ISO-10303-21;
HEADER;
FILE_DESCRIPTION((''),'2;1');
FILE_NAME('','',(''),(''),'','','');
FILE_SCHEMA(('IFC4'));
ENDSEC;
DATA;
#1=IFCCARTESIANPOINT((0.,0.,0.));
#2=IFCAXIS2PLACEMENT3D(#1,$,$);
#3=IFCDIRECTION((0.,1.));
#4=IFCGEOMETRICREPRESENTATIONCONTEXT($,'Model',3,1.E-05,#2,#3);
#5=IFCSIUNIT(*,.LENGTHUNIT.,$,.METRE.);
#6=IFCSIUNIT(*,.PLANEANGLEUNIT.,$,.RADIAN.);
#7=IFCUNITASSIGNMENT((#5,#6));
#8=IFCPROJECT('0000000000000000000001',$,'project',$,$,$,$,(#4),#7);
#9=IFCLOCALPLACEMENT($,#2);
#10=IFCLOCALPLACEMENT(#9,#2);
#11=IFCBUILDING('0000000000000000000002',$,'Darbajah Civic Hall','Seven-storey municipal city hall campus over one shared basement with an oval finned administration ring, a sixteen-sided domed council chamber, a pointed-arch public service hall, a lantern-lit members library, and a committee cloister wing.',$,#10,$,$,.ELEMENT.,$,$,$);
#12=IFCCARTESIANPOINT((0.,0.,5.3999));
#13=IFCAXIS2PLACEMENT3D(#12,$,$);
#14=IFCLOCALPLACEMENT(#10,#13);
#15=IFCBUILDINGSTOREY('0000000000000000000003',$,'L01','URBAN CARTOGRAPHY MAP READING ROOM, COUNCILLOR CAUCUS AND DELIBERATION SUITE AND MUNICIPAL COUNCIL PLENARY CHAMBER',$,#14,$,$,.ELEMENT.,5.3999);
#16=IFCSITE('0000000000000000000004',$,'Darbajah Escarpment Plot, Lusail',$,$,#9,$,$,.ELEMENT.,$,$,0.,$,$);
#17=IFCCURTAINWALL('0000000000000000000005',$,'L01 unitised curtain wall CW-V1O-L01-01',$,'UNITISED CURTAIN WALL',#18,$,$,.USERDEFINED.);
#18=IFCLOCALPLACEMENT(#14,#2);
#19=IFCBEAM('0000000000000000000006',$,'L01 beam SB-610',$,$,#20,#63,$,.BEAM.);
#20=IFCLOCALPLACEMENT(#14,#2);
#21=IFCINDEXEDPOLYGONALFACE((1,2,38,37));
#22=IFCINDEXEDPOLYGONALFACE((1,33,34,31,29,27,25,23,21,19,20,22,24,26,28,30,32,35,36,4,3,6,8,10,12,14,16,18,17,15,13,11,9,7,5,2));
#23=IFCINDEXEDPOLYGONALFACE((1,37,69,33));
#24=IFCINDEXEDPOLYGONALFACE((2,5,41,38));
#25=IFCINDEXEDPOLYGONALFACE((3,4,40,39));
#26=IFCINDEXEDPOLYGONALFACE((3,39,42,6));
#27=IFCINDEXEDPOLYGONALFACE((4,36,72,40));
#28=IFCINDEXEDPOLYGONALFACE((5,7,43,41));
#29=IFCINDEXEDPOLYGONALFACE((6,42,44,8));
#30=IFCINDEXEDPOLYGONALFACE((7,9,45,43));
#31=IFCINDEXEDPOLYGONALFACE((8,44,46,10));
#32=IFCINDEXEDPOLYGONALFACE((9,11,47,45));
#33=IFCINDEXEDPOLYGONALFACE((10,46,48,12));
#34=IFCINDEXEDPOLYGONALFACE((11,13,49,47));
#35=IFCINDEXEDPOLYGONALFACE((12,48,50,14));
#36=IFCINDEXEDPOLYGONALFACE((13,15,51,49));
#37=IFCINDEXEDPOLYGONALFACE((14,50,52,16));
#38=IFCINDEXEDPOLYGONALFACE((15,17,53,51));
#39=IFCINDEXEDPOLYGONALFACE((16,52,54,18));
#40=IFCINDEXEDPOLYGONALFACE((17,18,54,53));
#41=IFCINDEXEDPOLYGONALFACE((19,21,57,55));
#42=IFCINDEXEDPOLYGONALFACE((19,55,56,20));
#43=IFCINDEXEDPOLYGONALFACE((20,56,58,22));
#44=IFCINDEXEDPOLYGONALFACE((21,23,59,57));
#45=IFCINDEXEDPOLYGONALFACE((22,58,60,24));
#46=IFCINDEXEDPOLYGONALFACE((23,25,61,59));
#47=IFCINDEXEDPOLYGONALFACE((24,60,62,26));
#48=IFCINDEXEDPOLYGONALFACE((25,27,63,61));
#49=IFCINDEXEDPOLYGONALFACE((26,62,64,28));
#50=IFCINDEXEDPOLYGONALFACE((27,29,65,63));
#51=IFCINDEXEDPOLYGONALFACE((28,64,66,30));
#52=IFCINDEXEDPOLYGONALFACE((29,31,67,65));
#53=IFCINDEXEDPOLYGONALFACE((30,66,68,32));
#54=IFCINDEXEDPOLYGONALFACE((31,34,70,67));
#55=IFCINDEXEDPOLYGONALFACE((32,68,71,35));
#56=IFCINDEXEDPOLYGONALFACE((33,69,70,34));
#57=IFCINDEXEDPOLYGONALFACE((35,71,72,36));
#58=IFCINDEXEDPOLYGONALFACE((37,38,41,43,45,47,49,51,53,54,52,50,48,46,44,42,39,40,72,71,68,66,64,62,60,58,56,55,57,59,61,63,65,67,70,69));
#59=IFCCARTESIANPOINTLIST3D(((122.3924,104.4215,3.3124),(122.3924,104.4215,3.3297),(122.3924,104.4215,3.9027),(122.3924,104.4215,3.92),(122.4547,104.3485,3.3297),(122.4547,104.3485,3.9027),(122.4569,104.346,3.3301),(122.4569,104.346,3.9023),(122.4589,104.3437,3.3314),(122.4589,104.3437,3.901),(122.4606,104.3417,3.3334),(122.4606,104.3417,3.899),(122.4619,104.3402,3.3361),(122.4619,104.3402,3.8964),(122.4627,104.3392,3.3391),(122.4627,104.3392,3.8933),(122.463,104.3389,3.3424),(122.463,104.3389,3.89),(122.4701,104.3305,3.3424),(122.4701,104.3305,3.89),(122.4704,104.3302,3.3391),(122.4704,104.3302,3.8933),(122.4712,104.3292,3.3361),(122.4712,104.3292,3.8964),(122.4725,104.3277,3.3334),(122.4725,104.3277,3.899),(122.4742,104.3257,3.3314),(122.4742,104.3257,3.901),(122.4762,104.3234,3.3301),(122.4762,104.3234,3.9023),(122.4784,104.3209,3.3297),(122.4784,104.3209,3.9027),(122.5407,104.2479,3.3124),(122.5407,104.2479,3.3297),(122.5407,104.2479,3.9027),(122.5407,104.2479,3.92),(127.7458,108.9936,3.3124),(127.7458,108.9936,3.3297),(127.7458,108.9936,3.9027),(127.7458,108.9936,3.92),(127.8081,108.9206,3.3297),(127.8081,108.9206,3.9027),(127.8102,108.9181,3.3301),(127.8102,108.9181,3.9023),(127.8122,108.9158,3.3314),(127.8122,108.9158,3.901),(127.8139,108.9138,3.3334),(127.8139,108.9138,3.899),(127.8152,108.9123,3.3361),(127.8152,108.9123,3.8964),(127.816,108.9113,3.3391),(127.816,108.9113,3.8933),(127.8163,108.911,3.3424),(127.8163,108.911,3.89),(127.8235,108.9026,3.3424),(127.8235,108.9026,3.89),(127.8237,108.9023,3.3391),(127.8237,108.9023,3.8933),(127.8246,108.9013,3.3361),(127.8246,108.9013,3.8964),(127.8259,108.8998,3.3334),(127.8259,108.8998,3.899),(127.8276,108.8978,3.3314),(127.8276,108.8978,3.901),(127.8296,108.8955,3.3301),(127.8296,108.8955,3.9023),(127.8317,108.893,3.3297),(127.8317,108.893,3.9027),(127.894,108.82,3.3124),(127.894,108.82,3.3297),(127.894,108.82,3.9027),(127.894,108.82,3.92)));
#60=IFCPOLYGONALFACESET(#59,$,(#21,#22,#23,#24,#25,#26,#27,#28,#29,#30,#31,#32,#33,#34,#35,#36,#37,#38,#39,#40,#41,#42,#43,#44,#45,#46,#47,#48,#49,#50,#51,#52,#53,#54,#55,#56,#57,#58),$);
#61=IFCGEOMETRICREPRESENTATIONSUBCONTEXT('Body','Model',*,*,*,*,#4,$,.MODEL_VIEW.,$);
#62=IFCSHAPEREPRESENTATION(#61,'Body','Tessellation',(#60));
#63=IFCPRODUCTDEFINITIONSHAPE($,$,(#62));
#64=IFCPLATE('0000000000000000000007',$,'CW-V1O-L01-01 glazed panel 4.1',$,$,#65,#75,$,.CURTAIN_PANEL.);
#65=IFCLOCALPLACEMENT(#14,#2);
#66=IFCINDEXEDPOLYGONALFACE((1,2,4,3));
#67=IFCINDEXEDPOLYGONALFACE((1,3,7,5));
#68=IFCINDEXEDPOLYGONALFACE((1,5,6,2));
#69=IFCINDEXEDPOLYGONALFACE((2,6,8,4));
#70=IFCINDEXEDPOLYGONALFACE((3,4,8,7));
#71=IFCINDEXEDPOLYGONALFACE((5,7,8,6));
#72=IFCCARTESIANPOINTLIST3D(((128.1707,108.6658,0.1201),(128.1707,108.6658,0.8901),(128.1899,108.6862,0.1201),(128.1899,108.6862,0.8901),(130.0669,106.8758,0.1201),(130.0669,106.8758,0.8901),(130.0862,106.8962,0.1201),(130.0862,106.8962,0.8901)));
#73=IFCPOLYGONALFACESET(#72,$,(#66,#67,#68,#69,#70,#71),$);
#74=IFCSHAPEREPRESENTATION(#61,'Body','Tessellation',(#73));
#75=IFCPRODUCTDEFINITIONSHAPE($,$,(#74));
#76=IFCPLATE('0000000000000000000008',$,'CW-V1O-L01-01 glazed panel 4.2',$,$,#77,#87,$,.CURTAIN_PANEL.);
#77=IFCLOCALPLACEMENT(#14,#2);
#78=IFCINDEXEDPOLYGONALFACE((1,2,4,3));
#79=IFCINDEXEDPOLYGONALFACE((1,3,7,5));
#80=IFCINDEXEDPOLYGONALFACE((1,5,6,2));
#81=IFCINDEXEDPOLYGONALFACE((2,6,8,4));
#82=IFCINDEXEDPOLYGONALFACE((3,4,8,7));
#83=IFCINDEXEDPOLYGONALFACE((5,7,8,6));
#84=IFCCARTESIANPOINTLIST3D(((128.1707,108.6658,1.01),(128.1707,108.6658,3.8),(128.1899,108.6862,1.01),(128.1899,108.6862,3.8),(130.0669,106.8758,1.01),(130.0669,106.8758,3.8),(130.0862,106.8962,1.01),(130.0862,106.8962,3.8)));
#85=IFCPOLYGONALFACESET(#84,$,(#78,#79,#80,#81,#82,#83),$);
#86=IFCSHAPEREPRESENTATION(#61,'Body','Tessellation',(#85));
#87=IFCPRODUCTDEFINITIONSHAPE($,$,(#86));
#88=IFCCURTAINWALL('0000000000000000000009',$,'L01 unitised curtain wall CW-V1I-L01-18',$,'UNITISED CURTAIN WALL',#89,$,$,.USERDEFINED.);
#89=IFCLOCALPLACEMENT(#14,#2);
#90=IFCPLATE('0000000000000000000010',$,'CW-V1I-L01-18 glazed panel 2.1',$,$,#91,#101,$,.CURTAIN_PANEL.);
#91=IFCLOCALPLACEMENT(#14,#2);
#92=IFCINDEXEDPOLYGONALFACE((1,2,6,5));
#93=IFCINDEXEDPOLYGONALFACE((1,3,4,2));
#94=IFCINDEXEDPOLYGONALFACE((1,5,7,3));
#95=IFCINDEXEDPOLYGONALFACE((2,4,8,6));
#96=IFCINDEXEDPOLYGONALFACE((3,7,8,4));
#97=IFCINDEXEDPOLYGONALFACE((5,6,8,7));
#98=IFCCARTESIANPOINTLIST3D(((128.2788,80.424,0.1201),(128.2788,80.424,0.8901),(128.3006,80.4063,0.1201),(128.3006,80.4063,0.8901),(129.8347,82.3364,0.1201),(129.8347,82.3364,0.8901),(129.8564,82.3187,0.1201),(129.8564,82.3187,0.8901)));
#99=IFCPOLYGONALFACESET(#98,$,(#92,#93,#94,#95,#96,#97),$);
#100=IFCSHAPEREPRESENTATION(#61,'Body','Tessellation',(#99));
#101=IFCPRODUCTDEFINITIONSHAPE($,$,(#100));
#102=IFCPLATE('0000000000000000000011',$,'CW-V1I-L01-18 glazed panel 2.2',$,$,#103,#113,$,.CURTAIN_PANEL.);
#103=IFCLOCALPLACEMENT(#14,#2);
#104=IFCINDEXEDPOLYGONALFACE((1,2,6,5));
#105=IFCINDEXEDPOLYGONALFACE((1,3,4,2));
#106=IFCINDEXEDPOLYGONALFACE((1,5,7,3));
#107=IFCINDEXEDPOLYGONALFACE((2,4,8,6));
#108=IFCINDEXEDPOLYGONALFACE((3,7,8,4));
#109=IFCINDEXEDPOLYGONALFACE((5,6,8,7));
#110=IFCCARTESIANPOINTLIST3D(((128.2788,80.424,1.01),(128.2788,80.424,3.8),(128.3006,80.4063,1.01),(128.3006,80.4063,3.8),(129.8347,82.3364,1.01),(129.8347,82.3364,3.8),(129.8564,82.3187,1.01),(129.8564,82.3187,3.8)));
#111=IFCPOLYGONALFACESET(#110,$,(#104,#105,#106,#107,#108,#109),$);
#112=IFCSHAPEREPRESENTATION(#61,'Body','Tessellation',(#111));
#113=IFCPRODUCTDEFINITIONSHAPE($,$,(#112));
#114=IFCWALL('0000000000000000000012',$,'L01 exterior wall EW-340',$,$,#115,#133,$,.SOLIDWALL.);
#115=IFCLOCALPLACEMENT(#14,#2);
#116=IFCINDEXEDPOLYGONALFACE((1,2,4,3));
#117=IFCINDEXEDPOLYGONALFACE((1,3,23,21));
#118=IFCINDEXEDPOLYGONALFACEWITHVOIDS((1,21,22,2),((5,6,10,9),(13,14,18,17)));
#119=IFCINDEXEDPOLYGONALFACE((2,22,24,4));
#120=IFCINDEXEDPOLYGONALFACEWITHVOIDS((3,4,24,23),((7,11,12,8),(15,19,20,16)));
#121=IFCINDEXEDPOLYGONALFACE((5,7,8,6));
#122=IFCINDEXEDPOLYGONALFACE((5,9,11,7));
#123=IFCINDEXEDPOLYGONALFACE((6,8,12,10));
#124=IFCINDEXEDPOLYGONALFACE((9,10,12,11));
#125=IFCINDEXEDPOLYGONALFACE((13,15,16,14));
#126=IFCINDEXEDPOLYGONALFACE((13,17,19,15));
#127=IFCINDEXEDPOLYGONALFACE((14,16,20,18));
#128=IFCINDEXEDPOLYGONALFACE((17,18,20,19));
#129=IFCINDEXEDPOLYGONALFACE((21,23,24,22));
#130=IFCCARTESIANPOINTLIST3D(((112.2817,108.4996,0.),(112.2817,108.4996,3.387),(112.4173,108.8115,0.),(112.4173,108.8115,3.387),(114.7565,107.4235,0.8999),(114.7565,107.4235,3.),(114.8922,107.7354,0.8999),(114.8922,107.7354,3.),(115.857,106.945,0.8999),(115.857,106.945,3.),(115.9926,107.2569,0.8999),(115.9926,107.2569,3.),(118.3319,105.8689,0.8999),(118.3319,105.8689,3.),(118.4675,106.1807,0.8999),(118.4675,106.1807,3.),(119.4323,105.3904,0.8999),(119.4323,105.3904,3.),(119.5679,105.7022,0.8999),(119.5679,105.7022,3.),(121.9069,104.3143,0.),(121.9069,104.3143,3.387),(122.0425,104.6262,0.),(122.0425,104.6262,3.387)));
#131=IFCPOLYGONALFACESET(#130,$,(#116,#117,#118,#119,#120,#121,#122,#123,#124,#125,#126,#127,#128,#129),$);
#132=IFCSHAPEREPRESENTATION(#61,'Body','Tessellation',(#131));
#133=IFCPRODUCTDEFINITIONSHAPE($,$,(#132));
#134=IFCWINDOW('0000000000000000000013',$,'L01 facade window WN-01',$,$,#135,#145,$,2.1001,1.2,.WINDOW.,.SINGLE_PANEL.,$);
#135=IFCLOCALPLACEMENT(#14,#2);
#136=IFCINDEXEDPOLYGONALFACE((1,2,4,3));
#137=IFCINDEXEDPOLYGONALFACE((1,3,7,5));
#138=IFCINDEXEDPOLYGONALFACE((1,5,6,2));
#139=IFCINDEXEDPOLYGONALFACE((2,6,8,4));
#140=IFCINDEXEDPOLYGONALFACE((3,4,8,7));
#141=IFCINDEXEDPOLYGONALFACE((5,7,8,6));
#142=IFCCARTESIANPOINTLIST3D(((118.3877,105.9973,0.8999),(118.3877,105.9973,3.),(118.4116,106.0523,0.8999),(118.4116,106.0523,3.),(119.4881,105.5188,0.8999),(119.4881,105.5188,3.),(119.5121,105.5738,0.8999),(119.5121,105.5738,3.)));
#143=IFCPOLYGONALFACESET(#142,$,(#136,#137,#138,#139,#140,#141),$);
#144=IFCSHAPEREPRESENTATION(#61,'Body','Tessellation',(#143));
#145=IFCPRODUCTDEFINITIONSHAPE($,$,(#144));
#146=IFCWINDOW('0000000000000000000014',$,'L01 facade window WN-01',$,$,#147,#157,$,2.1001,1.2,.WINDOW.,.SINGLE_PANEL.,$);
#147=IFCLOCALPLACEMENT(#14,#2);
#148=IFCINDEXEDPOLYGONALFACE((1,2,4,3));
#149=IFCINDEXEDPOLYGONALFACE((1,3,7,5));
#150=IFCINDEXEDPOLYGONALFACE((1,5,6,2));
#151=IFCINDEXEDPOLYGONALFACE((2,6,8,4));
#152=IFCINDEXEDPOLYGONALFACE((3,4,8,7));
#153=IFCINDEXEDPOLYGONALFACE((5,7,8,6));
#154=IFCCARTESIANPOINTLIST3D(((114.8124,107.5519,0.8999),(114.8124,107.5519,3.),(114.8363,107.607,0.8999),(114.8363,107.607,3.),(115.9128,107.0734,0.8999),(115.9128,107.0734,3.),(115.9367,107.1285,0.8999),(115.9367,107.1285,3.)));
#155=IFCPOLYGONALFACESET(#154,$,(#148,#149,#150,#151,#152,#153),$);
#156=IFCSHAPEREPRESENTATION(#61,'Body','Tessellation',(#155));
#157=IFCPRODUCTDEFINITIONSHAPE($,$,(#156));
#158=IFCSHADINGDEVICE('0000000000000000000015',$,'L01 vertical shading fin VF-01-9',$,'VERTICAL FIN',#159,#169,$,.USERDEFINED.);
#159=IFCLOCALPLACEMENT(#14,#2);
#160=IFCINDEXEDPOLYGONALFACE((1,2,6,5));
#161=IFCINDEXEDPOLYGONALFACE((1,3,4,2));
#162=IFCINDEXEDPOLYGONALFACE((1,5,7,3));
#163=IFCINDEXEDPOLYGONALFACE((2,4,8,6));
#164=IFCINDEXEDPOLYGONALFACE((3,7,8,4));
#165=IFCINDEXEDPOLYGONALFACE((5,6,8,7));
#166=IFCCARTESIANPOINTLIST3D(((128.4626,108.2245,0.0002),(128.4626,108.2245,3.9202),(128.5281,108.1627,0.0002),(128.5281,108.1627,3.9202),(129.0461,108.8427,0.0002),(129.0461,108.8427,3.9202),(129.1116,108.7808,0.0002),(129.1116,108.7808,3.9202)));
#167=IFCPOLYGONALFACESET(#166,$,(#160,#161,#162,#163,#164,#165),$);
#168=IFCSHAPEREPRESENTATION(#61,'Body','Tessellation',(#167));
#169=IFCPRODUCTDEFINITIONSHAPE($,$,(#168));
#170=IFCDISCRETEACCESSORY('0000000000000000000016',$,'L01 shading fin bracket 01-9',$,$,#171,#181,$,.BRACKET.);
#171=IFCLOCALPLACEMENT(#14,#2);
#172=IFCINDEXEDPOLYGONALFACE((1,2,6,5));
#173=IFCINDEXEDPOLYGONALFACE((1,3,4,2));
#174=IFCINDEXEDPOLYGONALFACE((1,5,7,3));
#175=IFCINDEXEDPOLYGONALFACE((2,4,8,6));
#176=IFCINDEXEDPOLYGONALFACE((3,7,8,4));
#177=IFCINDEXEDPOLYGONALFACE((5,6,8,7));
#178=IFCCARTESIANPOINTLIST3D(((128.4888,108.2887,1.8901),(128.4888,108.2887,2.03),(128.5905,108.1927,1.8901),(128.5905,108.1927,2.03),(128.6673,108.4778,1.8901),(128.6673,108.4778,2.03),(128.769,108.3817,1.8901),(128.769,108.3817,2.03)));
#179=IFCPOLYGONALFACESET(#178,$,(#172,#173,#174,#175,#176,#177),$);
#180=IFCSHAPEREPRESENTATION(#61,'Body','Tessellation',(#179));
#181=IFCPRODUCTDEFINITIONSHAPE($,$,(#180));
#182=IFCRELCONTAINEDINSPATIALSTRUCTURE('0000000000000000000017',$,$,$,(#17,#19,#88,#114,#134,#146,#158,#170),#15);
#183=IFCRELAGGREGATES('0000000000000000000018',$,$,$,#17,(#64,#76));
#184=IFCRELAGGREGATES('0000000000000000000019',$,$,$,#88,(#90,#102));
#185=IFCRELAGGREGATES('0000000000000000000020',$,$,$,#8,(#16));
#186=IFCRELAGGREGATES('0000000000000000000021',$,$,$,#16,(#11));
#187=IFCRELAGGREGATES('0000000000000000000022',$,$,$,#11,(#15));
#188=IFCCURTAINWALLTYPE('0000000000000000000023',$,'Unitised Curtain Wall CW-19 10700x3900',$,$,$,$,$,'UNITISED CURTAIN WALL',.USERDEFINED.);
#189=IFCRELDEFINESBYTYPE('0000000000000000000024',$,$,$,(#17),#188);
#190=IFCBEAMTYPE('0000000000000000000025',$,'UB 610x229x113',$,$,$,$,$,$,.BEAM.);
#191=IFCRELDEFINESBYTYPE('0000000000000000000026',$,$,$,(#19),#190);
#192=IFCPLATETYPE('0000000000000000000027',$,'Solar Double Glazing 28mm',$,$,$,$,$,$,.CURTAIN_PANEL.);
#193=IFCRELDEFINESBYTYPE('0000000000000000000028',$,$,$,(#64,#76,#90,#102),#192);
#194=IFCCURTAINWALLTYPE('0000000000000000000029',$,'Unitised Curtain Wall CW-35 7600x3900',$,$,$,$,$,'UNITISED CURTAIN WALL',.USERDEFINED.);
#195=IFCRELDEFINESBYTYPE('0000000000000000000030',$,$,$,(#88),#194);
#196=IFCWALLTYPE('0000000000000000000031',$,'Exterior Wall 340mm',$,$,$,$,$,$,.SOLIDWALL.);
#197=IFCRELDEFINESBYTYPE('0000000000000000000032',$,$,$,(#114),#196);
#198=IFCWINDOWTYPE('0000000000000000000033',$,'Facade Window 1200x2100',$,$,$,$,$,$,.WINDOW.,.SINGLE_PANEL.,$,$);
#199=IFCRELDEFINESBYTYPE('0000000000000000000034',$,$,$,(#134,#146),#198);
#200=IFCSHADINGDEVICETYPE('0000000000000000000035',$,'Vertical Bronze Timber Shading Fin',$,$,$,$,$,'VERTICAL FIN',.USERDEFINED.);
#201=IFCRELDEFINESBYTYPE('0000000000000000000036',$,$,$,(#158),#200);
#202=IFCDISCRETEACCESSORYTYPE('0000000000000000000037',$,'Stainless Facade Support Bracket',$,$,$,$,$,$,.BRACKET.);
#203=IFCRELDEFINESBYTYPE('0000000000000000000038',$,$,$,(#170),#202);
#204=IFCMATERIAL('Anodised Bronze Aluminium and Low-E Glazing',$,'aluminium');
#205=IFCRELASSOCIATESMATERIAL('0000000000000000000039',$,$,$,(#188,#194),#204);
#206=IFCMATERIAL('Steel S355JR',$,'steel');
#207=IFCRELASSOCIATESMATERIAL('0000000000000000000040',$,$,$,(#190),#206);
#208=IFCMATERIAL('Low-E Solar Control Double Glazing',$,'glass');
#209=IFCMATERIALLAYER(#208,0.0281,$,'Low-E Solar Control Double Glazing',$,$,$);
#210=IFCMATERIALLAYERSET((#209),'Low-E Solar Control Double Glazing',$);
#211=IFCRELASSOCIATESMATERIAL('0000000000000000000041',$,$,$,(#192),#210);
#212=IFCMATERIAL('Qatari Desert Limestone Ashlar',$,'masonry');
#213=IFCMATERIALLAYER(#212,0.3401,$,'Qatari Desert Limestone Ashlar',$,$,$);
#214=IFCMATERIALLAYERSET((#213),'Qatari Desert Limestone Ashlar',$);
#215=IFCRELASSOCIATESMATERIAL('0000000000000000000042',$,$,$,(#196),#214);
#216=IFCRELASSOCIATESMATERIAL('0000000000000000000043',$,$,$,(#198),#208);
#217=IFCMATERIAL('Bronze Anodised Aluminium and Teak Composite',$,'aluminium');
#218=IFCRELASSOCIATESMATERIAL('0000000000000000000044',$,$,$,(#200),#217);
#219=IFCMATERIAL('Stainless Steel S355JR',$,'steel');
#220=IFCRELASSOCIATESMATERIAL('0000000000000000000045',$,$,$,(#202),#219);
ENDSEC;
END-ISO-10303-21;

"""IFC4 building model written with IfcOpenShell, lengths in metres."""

from ifc_helpers import new_model, si_unit, direction, frame, frame_2d, origin, origin_2d, place, context, subcontext, project, spatial, rectangle, i_section, extrude, material, layer, layer_set, material_profile, profile_set, type_object, element, fill, aggregate, save


model = new_model("IFC4")

# Units and contexts
model_context = context("Model", 3, precision=1e-05, world=origin(), true_north=direction((0.0, 1.0)))
body_context = subcontext(model_context, "Body", "Model", "MODEL_VIEW")
ifc_project = project(units=[si_unit("LENGTHUNIT", "METRE"), si_unit("PLANEANGLEUNIT", "RADIAN")], contexts=[model_context])

# Site, building, storey
site_placement = place(None, origin())
site = spatial("IfcSite", under=ifc_project, at=site_placement, Name="Darbajah Escarpment Plot, Lusail", CompositionType="ELEMENT", RefElevation=0.0)
building_placement = place(site_placement, origin())
building = spatial("IfcBuilding", under=site, at=building_placement, Name="Darbajah Civic Hall", Description="Seven-storey municipal city hall campus over one shared basement with an oval finned administration ring, a sixteen-sided domed council chamber, a pointed-arch public service hall, a lantern-lit members library, and a committee cloister wing.", CompositionType="ELEMENT")
storey_placement = place(building_placement, frame((0.0, 0.0, 5.3999)))
storey = spatial("IfcBuildingStorey", under=building, at=storey_placement, Name="L01", Description="URBAN CARTOGRAPHY MAP READING ROOM, COUNCILLOR CAUCUS AND DELIBERATION SUITE AND MUNICIPAL COUNCIL PLENARY CHAMBER", CompositionType="ELEMENT", Elevation=5.3999)

# Curtain wall
ifc_material_1 = material(Name="Anodised Bronze Aluminium and Low-E Glazing", Category="aluminium")
curtain_wall_type_1 = type_object("IfcCurtainWallType", Name="Unitised Curtain Wall CW-19 10700x3900", ElementType="UNITISED CURTAIN WALL", PredefinedType="USERDEFINED", material=ifc_material_1)
curtain_wall_1_placement = place(storey_placement, origin())
curtain_wall_1 = element("IfcCurtainWall", 1, at=curtain_wall_1_placement, inside=storey, type_object=curtain_wall_type_1, Name="L01 unitised curtain wall CW-V1O-L01-01", ObjectType="UNITISED CURTAIN WALL", PredefinedType="USERDEFINED")

# Beam
ifc_material_2 = material(Name="Steel S355JR", Category="steel")
ifc_material_profile_1 = material_profile(ifc_material_2, i_section(OverallWidth=0.2283, OverallDepth=0.6077, WebThickness=0.011, FlangeThickness=0.0173, FilletRadius=0.0127, at=origin_2d()), Name="UB 610x229x113")
ifc_profile_set_1 = profile_set([ifc_material_profile_1], Name="Steel S355JR")
beam_type_1 = type_object("IfcBeamType", Name="UB 610x229x113", PredefinedType="BEAM", material=ifc_profile_set_1)
beam_1_placement = place(storey_placement, frame((122.4666, 104.3347, 3.6162), z_axis=(0.760413, 0.649439, 0.0), x_axis=(-0.649439, 0.760413, 0.0)))
element("IfcBeam", 2, at=beam_1_placement, inside=storey, type_object=beam_type_1, Name="L01 beam SB-610", PredefinedType="BEAM", context=body_context, shape_type="SweptSolid", body=[
    extrude(i_section(OverallWidth=0.2283, OverallDepth=0.6077, WebThickness=0.011, FlangeThickness=0.0173, FilletRadius=0.0127, at=origin_2d()), origin(), (0.0, 0.0, 1.0), 7.04),
])

# Plates
ifc_material_3 = material(Name="Low-E Solar Control Double Glazing", Category="glass")
ifc_layer_1 = layer(ifc_material_3, 0.0281, Name="Low-E Solar Control Double Glazing")
ifc_layer_set_1 = layer_set([ifc_layer_1], Name="Low-E Solar Control Double Glazing")
plate_type = type_object("IfcPlateType", Name="Solar Double Glazing 28mm", PredefinedType="CURTAIN_PANEL", material=ifc_layer_set_1)
plate_1_placement = place(storey_placement, frame((129.1284, 107.781, 0.1201), z_axis=(0.0, 0.0, 1.0), x_axis=(-0.727174, 0.686453, 0.0)))
plate_1 = element("IfcPlate", 3, at=plate_1_placement, type_object=plate_type, Name="CW-V1O-L01-01 glazed panel 4.1", PredefinedType="CURTAIN_PANEL", context=body_context, shape_type="SweptSolid", body=[
    extrude(rectangle(XDim=2.6077, YDim=0.0281, at=origin_2d()), origin(), (0.0, 0.0, 1.0), 0.77),
])
plate_2_placement = place(storey_placement, frame((129.1284, 107.781, 1.01), z_axis=(0.0, 0.0, 1.0), x_axis=(-0.727174, 0.686453, 0.0)))
plate_2 = element("IfcPlate", 4, at=plate_2_placement, type_object=plate_type, Name="CW-V1O-L01-01 glazed panel 4.2", PredefinedType="CURTAIN_PANEL", context=body_context, shape_type="SweptSolid", body=[
    extrude(rectangle(XDim=2.6077, YDim=0.0281, at=origin_2d()), origin(), (0.0, 0.0, 1.0), 2.79),
])
aggregate(curtain_wall_1, [plate_1, plate_2])

# Curtain wall, plates
curtain_wall_type_2 = type_object("IfcCurtainWallType", Name="Unitised Curtain Wall CW-35 7600x3900", ElementType="UNITISED CURTAIN WALL", PredefinedType="USERDEFINED", material=ifc_material_1)
curtain_wall_2_placement = place(storey_placement, origin())
curtain_wall_2 = element("IfcCurtainWall", 5, at=curtain_wall_2_placement, inside=storey, type_object=curtain_wall_type_2, Name="L01 unitised curtain wall CW-V1I-L01-18", ObjectType="UNITISED CURTAIN WALL", PredefinedType="USERDEFINED")
plate_3_placement = place(storey_placement, frame((129.0676, 81.3713, 0.1201), z_axis=(0.0, 0.0, 1.0), x_axis=(0.631082, 0.775716, 0.0)))
plate_3 = element("IfcPlate", 6, at=plate_3_placement, type_object=plate_type, Name="CW-V1I-L01-18 glazed panel 2.1", PredefinedType="CURTAIN_PANEL", context=body_context, shape_type="SweptSolid", body=[
    extrude(rectangle(XDim=2.4653, YDim=0.0281, at=origin_2d()), origin(), (0.0, 0.0, 1.0), 0.77),
])
plate_4_placement = place(storey_placement, frame((129.0676, 81.3713, 1.01), z_axis=(0.0, 0.0, 1.0), x_axis=(0.631082, 0.775716, 0.0)))
plate_4 = element("IfcPlate", 7, at=plate_4_placement, type_object=plate_type, Name="CW-V1I-L01-18 glazed panel 2.2", PredefinedType="CURTAIN_PANEL", context=body_context, shape_type="SweptSolid", body=[
    extrude(rectangle(XDim=2.4653, YDim=0.0281, at=origin_2d()), origin(), (0.0, 0.0, 1.0), 2.79),
])
aggregate(curtain_wall_2, [plate_3, plate_4])

# Wall, openings, windows
ifc_material_4 = material(Name="Qatari Desert Limestone Ashlar", Category="masonry")
ifc_layer_2 = layer(ifc_material_4, 0.3401, Name="Qatari Desert Limestone Ashlar")
ifc_layer_set_2 = layer_set([ifc_layer_2], Name="Qatari Desert Limestone Ashlar")
wall_type = type_object("IfcWallType", Name="Exterior Wall 340mm", PredefinedType="SOLIDWALL", material=ifc_layer_set_2)
wall_placement = place(storey_placement, frame((121.9749, 104.4702, 0.0), z_axis=(0.0, 0.0, 1.0), x_axis=(-0.917056, 0.398759, 0.0)))
wall = element("IfcWall", 8, at=wall_placement, inside=storey, type_object=wall_type, Name="L01 exterior wall EW-340", PredefinedType="SOLIDWALL", context=body_context, shape_type="SweptSolid", body=[
    extrude(rectangle(XDim=10.4958, YDim=0.3401, at=frame_2d((5.248, 0.0))), origin(), (0.0, 0.0, 1.0), 3.387),
])
opening_1_placement = place(wall_placement, frame((2.6985, 0.0, 0.8999)))
opening_1 = element("IfcOpeningElement", 9, at=opening_1_placement, cuts=wall, PredefinedType="OPENING", context=body_context, shape_type="SweptSolid", body=[
    extrude(rectangle(XDim=1.2, YDim=2.1001, at=frame_2d((0.6001, 1.05))), frame((0.0, 0.1799, 0.0), z_axis=(0.0, -1.0, 0.0), x_axis=(1.0, 0.0, 0.0)), (0.0, 0.0, 1.0), 0.3601),
])
opening_2_placement = place(wall_placement, frame((6.5972, 0.0, 0.8999)))
opening_2 = element("IfcOpeningElement", 10, at=opening_2_placement, cuts=wall, PredefinedType="OPENING", context=body_context, shape_type="SweptSolid", body=[
    extrude(rectangle(XDim=1.2, YDim=2.1001, at=frame_2d((0.6001, 1.05))), frame((0.0, 0.1799, 0.0), z_axis=(0.0, -1.0, 0.0), x_axis=(1.0, 0.0, 0.0)), (0.0, 0.0, 1.0), 0.3601),
])
window_type = type_object("IfcWindowType", Name="Facade Window 1200x2100", PartitioningType="SINGLE_PANEL", PredefinedType="WINDOW", material=ifc_material_3)
window_1_placement = place(opening_1_placement, origin())
window_1 = element("IfcWindow", 11, at=window_1_placement, inside=storey, type_object=window_type, Name="L01 facade window WN-01", OverallHeight=2.1001, OverallWidth=1.2, PartitioningType="SINGLE_PANEL", PredefinedType="WINDOW", context=body_context, shape_type="SweptSolid", body=[
    extrude(rectangle(XDim=1.2, YDim=2.1001, at=frame_2d((0.6001, 1.05))), frame((0.0, 0.03, 0.0), z_axis=(0.0, -1.0, 0.0), x_axis=(1.0, 0.0, 0.0)), (0.0, 0.0, 1.0), 0.0601),
])
fill(opening_1, window_1)
window_2_placement = place(opening_2_placement, origin())
window_2 = element("IfcWindow", 12, at=window_2_placement, inside=storey, type_object=window_type, Name="L01 facade window WN-01", OverallHeight=2.1001, OverallWidth=1.2, PartitioningType="SINGLE_PANEL", PredefinedType="WINDOW", context=body_context, shape_type="SweptSolid", body=[
    extrude(rectangle(XDim=1.2, YDim=2.1001, at=frame_2d((0.6001, 1.05))), frame((0.0, 0.03, 0.0), z_axis=(0.0, -1.0, 0.0), x_axis=(1.0, 0.0, 0.0)), (0.0, 0.0, 1.0), 0.0601),
])
fill(opening_2, window_2)

# Shading device
ifc_material_5 = material(Name="Bronze Anodised Aluminium and Teak Composite", Category="aluminium")
shading_device_type = type_object("IfcShadingDeviceType", Name="Vertical Bronze Timber Shading Fin", ElementType="VERTICAL FIN", PredefinedType="USERDEFINED", material=ifc_material_5)
shading_device_placement = place(storey_placement, frame((128.7871, 108.5027, 0.0002), z_axis=(0.0, 0.0, 1.0), x_axis=(0.686453, 0.727174, 0.0)))
element("IfcShadingDevice", 13, at=shading_device_placement, inside=storey, type_object=shading_device_type, Name="L01 vertical shading fin VF-01-9", ObjectType="VERTICAL FIN", PredefinedType="USERDEFINED", context=body_context, shape_type="SweptSolid", body=[
    extrude(rectangle(XDim=0.8501, YDim=0.0901, at=origin_2d()), origin(), (0.0, 0.0, 1.0), 3.9199),
])

# Discrete accessory
ifc_material_6 = material(Name="Stainless Steel S355JR", Category="steel")
discrete_accessory_type = type_object("IfcDiscreteAccessoryType", Name="Stainless Facade Support Bracket", PredefinedType="BRACKET", material=ifc_material_6)
discrete_accessory_placement = place(storey_placement, frame((128.6289, 108.3352, 1.8901), z_axis=(0.0, 0.0, 1.0), x_axis=(0.686453, 0.727174, 0.0)))
element("IfcDiscreteAccessory", 14, at=discrete_accessory_placement, inside=storey, type_object=discrete_accessory_type, Name="L01 shading fin bracket 01-9", PredefinedType="BRACKET", context=body_context, shape_type="SweptSolid", body=[
    extrude(rectangle(XDim=0.26, YDim=0.1399, at=origin_2d()), origin(), (0.0, 0.0, 1.0), 0.1399),
])

save(model, "model.ifc")
